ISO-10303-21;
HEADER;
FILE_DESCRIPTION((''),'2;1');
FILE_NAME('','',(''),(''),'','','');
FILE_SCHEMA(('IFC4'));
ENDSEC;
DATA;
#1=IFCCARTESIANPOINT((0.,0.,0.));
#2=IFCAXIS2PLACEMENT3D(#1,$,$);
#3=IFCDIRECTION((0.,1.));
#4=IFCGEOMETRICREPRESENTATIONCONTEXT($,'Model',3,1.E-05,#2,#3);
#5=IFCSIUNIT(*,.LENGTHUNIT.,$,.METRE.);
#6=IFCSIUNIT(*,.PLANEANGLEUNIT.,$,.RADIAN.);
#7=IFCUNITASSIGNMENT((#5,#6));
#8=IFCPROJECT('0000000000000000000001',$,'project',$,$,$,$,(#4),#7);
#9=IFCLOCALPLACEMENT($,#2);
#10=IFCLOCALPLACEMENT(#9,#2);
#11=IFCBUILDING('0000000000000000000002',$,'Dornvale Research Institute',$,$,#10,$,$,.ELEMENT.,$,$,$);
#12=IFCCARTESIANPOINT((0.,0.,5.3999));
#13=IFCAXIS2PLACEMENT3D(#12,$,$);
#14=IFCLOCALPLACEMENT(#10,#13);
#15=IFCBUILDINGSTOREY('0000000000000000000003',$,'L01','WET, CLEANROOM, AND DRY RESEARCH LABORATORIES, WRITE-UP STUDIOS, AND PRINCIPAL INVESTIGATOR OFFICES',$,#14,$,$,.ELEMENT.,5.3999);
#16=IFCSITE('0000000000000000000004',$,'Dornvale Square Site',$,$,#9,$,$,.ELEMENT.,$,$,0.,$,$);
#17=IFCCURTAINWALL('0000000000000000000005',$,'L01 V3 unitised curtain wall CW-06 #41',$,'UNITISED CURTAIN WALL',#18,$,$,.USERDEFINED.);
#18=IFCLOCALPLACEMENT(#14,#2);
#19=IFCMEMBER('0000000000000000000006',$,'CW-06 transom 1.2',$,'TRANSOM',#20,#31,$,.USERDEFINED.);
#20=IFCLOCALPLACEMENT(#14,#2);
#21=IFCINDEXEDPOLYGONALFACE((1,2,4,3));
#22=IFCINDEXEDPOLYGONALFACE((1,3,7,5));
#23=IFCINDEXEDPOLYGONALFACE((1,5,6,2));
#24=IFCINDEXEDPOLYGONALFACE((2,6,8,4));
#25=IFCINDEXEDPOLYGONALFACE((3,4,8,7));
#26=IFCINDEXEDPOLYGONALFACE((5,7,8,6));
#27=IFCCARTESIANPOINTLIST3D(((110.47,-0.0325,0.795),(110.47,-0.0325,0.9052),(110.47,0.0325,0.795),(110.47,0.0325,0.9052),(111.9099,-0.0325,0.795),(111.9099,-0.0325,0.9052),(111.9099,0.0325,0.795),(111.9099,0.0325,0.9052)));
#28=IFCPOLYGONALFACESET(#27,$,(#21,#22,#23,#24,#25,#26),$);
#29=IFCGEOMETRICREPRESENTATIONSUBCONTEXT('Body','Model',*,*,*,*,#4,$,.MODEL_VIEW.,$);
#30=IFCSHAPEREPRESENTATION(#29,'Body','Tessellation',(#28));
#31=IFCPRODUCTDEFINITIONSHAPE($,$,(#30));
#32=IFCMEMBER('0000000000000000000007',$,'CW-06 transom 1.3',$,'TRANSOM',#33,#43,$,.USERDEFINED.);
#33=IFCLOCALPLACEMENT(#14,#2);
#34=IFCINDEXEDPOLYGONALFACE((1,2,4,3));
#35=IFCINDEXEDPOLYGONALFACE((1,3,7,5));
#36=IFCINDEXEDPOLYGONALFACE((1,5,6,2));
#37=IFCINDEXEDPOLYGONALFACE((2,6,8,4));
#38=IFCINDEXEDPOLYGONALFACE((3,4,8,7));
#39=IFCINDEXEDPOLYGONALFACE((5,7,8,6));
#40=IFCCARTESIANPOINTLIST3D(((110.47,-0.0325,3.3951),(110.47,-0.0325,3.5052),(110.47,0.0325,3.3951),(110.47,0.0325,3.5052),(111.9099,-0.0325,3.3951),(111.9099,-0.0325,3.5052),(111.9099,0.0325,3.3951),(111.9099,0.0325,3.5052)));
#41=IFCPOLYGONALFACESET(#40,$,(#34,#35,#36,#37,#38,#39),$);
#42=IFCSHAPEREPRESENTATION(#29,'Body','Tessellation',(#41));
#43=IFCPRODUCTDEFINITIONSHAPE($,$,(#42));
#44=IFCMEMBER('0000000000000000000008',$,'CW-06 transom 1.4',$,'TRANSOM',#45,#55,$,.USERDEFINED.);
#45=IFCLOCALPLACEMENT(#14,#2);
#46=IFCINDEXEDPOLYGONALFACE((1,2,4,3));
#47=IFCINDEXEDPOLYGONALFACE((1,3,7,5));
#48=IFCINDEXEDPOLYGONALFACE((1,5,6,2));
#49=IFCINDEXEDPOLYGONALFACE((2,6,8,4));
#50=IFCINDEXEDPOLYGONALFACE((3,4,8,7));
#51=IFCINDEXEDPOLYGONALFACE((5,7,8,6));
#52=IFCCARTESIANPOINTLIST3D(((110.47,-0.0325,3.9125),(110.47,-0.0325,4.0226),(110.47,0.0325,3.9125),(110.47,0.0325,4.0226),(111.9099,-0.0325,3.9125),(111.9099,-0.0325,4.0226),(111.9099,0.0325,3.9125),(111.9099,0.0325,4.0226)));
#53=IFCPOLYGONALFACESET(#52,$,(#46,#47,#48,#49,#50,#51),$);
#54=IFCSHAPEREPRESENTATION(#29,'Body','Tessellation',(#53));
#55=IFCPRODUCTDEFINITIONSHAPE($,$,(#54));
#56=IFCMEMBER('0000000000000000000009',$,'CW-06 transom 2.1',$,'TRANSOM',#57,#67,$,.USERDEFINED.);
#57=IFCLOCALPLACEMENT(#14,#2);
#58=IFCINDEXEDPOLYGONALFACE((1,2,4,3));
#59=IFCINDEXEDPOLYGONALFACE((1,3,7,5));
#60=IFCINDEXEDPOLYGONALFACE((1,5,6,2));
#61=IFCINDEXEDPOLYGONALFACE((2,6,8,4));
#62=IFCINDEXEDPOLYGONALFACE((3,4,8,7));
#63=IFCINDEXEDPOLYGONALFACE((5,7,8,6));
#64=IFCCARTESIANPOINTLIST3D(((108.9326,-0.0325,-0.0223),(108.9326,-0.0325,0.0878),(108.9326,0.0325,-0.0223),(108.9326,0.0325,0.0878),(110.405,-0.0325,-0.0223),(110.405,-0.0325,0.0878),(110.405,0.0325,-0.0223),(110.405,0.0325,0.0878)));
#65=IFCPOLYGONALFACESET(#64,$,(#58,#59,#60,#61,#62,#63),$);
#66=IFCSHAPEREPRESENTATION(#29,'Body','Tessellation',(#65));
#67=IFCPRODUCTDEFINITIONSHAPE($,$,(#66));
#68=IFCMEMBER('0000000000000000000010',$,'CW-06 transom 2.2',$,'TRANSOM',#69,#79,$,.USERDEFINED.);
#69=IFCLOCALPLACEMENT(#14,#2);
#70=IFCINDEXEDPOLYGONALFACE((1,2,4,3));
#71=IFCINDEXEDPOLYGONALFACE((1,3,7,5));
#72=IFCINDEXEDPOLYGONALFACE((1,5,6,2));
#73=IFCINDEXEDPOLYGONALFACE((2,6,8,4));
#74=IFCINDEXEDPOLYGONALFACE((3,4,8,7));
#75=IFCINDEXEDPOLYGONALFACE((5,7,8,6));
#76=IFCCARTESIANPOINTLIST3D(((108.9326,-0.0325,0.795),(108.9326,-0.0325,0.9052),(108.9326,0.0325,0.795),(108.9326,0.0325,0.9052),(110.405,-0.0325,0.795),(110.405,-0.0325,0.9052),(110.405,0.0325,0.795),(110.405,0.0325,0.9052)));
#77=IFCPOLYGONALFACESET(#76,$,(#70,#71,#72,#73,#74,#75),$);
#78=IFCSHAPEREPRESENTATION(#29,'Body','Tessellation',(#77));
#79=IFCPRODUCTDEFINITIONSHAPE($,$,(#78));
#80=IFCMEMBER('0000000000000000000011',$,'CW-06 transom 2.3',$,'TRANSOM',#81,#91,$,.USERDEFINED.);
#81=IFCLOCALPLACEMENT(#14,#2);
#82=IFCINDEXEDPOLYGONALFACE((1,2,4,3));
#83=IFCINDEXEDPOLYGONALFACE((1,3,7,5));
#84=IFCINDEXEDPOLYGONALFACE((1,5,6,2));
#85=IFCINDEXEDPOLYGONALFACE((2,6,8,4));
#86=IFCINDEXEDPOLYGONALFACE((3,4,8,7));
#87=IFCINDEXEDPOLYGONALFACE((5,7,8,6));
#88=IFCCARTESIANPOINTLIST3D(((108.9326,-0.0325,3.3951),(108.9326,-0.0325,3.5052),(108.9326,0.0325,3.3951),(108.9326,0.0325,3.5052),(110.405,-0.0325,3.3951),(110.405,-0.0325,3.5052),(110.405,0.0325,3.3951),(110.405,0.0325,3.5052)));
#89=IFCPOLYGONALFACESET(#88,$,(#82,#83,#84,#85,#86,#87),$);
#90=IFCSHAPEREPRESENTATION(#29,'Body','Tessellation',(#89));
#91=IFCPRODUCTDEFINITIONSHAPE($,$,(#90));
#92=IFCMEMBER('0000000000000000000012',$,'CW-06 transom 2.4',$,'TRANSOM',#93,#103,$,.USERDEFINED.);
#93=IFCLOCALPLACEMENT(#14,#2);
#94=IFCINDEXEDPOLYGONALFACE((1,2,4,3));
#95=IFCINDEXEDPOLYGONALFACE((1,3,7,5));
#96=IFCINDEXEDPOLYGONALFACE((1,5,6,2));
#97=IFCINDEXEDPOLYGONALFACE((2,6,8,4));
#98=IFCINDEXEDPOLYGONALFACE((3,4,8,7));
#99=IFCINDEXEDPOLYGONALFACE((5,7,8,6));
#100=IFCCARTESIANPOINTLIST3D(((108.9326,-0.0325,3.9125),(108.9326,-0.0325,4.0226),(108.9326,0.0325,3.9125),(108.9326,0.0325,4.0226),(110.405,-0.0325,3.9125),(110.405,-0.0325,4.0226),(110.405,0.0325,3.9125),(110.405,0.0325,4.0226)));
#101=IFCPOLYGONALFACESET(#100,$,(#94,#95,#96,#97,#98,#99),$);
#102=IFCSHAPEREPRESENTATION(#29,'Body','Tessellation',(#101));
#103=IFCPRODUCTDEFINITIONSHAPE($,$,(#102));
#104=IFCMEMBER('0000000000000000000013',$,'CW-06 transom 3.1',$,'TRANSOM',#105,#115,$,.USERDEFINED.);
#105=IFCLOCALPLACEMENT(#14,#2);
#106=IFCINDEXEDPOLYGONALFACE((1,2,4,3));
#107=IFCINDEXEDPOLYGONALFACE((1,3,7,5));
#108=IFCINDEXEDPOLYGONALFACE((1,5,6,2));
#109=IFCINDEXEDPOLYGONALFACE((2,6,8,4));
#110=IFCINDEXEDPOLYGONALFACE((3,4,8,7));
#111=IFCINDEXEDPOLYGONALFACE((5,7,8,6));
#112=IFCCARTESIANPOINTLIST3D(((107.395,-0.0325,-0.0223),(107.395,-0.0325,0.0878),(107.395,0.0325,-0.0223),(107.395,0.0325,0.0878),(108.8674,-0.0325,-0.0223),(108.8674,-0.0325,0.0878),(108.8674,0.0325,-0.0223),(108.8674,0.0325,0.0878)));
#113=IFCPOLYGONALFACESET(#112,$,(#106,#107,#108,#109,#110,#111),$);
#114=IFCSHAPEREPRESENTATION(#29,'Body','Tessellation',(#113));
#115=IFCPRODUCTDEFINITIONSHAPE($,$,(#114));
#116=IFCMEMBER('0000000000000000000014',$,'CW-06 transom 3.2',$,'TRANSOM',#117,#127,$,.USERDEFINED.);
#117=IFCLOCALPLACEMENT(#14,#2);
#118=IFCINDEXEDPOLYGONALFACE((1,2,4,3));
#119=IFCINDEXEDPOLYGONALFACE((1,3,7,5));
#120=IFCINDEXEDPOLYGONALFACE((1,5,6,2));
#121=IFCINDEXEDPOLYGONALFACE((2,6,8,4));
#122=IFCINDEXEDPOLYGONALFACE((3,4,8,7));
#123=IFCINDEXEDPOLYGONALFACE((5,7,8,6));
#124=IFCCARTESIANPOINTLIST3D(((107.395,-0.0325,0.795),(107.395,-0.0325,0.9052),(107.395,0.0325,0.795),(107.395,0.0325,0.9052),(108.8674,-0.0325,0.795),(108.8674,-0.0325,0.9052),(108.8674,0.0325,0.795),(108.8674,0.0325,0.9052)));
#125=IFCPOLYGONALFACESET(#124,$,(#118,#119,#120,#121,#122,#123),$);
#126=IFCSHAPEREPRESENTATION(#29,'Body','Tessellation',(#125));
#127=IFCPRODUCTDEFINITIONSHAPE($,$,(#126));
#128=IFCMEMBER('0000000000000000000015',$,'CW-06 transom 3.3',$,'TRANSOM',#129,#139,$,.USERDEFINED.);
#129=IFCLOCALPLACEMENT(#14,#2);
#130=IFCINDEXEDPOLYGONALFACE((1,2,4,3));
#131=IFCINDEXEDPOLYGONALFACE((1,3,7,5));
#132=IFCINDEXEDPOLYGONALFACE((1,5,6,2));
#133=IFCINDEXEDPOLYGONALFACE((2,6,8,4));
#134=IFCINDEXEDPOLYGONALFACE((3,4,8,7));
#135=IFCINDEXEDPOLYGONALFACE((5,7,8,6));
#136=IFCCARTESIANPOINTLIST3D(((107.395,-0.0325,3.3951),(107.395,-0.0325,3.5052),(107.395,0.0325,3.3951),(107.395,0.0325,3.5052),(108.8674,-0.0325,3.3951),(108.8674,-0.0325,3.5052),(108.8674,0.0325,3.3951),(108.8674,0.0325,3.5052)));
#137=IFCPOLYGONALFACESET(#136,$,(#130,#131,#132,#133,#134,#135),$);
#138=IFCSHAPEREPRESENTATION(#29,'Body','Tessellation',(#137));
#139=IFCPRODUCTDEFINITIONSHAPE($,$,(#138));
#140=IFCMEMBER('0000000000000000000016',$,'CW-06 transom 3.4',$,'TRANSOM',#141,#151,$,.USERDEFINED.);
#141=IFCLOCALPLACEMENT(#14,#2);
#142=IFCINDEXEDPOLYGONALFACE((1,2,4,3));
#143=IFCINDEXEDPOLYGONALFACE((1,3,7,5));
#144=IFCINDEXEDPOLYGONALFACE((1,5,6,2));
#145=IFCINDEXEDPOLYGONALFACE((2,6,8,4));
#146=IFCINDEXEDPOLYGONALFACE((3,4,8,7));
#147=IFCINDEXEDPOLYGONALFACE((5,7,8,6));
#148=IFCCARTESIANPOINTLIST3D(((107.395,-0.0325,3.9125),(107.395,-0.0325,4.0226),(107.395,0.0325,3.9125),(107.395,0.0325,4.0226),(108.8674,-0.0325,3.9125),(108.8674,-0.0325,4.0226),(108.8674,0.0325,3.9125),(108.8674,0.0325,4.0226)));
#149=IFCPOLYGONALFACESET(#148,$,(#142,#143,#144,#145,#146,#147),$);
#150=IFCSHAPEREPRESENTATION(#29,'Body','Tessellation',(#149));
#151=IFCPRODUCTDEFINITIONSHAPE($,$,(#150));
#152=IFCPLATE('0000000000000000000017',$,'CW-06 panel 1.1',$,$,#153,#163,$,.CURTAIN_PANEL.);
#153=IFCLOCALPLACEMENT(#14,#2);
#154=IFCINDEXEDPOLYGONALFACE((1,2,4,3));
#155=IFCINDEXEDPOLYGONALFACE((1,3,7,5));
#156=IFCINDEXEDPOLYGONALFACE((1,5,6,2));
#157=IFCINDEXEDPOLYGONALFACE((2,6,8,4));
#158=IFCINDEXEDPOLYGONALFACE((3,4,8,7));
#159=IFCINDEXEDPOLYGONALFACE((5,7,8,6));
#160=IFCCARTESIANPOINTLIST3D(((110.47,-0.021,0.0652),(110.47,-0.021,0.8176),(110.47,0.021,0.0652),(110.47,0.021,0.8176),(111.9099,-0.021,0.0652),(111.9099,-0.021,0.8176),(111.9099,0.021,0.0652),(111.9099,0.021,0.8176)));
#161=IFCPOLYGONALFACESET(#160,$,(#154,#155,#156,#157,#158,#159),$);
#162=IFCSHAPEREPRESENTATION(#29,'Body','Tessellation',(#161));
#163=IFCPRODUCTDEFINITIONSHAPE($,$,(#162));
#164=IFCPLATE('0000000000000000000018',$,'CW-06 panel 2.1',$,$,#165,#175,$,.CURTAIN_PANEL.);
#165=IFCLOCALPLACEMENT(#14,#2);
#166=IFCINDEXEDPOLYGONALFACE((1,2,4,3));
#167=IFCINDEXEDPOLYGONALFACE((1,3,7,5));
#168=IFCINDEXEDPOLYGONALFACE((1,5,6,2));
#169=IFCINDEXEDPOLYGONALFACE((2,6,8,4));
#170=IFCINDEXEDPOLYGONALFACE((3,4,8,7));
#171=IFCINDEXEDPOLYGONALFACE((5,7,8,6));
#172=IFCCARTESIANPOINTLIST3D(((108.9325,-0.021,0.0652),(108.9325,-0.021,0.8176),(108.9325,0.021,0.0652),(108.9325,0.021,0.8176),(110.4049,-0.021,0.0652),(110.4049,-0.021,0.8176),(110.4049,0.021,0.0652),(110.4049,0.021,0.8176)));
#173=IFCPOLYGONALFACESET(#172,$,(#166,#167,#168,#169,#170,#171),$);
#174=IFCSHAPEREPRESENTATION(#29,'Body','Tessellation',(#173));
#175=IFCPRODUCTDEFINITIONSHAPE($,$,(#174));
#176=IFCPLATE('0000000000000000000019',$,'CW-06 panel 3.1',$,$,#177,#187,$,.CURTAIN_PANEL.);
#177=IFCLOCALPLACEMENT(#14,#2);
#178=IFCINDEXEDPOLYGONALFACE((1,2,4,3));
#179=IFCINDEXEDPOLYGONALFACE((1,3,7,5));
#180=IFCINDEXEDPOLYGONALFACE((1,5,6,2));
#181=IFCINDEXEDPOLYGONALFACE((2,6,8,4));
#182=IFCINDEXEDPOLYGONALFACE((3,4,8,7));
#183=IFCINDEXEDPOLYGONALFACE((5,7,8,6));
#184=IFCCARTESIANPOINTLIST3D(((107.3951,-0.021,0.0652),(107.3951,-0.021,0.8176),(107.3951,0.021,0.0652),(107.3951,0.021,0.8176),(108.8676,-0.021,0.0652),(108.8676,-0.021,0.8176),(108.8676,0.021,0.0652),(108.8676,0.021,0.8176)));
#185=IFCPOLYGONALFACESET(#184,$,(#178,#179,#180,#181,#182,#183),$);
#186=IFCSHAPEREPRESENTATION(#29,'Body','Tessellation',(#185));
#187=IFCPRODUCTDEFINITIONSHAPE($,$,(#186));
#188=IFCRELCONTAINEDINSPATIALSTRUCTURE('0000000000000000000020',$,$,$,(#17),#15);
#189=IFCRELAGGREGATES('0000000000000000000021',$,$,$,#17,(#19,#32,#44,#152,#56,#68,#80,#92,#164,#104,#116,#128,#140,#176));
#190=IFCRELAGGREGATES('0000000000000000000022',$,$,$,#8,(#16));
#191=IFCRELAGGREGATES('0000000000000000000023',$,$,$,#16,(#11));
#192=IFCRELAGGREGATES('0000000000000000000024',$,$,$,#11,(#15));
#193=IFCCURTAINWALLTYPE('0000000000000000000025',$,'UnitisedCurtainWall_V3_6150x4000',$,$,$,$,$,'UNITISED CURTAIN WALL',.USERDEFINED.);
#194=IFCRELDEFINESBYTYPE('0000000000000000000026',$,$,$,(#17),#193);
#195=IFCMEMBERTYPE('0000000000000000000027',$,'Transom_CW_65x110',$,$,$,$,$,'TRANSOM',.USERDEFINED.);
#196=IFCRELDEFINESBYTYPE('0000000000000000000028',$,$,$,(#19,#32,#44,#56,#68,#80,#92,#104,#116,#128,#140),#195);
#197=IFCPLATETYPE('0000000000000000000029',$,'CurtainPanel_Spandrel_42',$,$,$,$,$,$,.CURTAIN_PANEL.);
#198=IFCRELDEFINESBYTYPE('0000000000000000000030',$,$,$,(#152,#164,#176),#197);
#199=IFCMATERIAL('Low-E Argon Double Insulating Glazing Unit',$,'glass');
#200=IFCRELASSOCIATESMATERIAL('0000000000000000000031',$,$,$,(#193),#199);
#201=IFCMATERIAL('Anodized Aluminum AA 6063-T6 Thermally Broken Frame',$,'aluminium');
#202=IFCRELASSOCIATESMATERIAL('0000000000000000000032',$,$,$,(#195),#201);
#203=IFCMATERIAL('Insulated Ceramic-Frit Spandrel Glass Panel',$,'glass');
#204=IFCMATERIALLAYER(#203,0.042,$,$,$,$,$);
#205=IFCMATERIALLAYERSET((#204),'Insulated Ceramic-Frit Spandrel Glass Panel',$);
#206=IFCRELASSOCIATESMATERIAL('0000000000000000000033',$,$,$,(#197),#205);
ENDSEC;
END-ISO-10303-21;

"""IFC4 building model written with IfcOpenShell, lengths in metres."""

from ifc_helpers import new_model, si_unit, direction, frame, origin, origin_2d, place, context, subcontext, project, spatial, rectangle, extrude, material, layer, layer_set, material_profile, profile_set, type_object, element, aggregate, save


model = new_model("IFC4")

# Units and contexts
model_context = context("Model", 3, precision=1e-05, world=origin(), true_north=direction((0.0, 1.0)))
body_context = subcontext(model_context, "Body", "Model", "MODEL_VIEW")
ifc_project = project(units=[si_unit("LENGTHUNIT", "METRE"), si_unit("PLANEANGLEUNIT", "RADIAN")], contexts=[model_context])

# Site, building, storey
site_placement = place(None, origin())
site = spatial("IfcSite", under=ifc_project, at=site_placement, Name="Dornvale Square Site", CompositionType="ELEMENT", RefElevation=0.0)
building_placement = place(site_placement, origin())
building = spatial("IfcBuilding", under=site, at=building_placement, Name="Dornvale Research Institute", CompositionType="ELEMENT")
storey_placement = place(building_placement, frame((0.0, 0.0, 5.3999)))
storey = spatial("IfcBuildingStorey", under=building, at=storey_placement, Name="L01", Description="WET, CLEANROOM, AND DRY RESEARCH LABORATORIES, WRITE-UP STUDIOS, AND PRINCIPAL INVESTIGATOR OFFICES", CompositionType="ELEMENT", Elevation=5.3999)

# Curtain wall
ifc_material_1 = material(Name="Low-E Argon Double Insulating Glazing Unit", Category="glass")
curtain_wall_type = type_object("IfcCurtainWallType", Name="UnitisedCurtainWall_V3_6150x4000", ElementType="UNITISED CURTAIN WALL", PredefinedType="USERDEFINED", material=ifc_material_1)
curtain_wall_placement = place(storey_placement, origin())
curtain_wall = element("IfcCurtainWall", 1, at=curtain_wall_placement, inside=storey, type_object=curtain_wall_type, Name="L01 V3 unitised curtain wall CW-06 #41", ObjectType="UNITISED CURTAIN WALL", PredefinedType="USERDEFINED")

# Members
ifc_material_2 = material(Name="Anodized Aluminum AA 6063-T6 Thermally Broken Frame", Category="aluminium")
ifc_material_profile_1 = material_profile(ifc_material_2, rectangle(XDim=0.0649, YDim=0.1101, at=origin_2d()), Name="ALU TRANSOM 65x110")
ifc_profile_set_1 = profile_set([ifc_material_profile_1], Name="Anodized Aluminum AA 6063-T6 Thermally Broken Frame")
member_type_1 = type_object("IfcMemberType", Name="Transom_CW_65x110", ElementType="TRANSOM", PredefinedType="USERDEFINED", material=ifc_profile_set_1)
member_1_placement = place(storey_placement, frame((111.9099, 0.0, 0.8501), z_axis=(-1.0, 0.0, 0.0), x_axis=(0.0, -1.0, 0.0)))
member_1 = element("IfcMember", 2, at=member_1_placement, type_object=member_type_1, Name="CW-06 transom 1.2", ObjectType="TRANSOM", PredefinedType="USERDEFINED", context=body_context, shape_type="SweptSolid", body=[
    extrude(rectangle(XDim=0.0649, YDim=0.1101, at=origin_2d()), origin(), (0.0, 0.0, 1.0), 1.4399),
])
member_2_placement = place(storey_placement, frame((111.9099, 0.0, 3.4502), z_axis=(-1.0, 0.0, 0.0), x_axis=(0.0, -1.0, 0.0)))
member_2 = element("IfcMember", 3, at=member_2_placement, type_object=member_type_1, Name="CW-06 transom 1.3", ObjectType="TRANSOM", PredefinedType="USERDEFINED", context=body_context, shape_type="SweptSolid", body=[
    extrude(rectangle(XDim=0.0649, YDim=0.1101, at=origin_2d()), origin(), (0.0, 0.0, 1.0), 1.4399),
])
member_3_placement = place(storey_placement, frame((111.9099, 0.0, 3.9675), z_axis=(-1.0, 0.0, 0.0), x_axis=(0.0, -1.0, 0.0)))
member_3 = element("IfcMember", 4, at=member_3_placement, type_object=member_type_1, Name="CW-06 transom 1.4", ObjectType="TRANSOM", PredefinedType="USERDEFINED", context=body_context, shape_type="SweptSolid", body=[
    extrude(rectangle(XDim=0.0649, YDim=0.1101, at=origin_2d()), origin(), (0.0, 0.0, 1.0), 1.4399),
])
member_4_placement = place(storey_placement, frame((110.405, 0.0, 0.0327), z_axis=(-1.0, 0.0, 0.0), x_axis=(0.0, -1.0, 0.0)))
member_4 = element("IfcMember", 5, at=member_4_placement, type_object=member_type_1, Name="CW-06 transom 2.1", ObjectType="TRANSOM", PredefinedType="USERDEFINED", context=body_context, shape_type="SweptSolid", body=[
    extrude(rectangle(XDim=0.0649, YDim=0.1101, at=origin_2d()), origin(), (0.0, 0.0, 1.0), 1.4724),
])
member_5_placement = place(storey_placement, frame((110.405, 0.0, 0.8501), z_axis=(-1.0, 0.0, 0.0), x_axis=(0.0, -1.0, 0.0)))
member_5 = element("IfcMember", 6, at=member_5_placement, type_object=member_type_1, Name="CW-06 transom 2.2", ObjectType="TRANSOM", PredefinedType="USERDEFINED", context=body_context, shape_type="SweptSolid", body=[
    extrude(rectangle(XDim=0.0649, YDim=0.1101, at=origin_2d()), origin(), (0.0, 0.0, 1.0), 1.4724),
])
member_6_placement = place(storey_placement, frame((110.405, 0.0, 3.4502), z_axis=(-1.0, 0.0, 0.0), x_axis=(0.0, -1.0, 0.0)))
member_6 = element("IfcMember", 7, at=member_6_placement, type_object=member_type_1, Name="CW-06 transom 2.3", ObjectType="TRANSOM", PredefinedType="USERDEFINED", context=body_context, shape_type="SweptSolid", body=[
    extrude(rectangle(XDim=0.0649, YDim=0.1101, at=origin_2d()), origin(), (0.0, 0.0, 1.0), 1.4724),
])
member_7_placement = place(storey_placement, frame((110.405, 0.0, 3.9675), z_axis=(-1.0, 0.0, 0.0), x_axis=(0.0, -1.0, 0.0)))
member_7 = element("IfcMember", 8, at=member_7_placement, type_object=member_type_1, Name="CW-06 transom 2.4", ObjectType="TRANSOM", PredefinedType="USERDEFINED", context=body_context, shape_type="SweptSolid", body=[
    extrude(rectangle(XDim=0.0649, YDim=0.1101, at=origin_2d()), origin(), (0.0, 0.0, 1.0), 1.4724),
])
member_8_placement = place(storey_placement, frame((108.8674, 0.0, 0.0327), z_axis=(-1.0, 0.0, 0.0), x_axis=(0.0, -1.0, 0.0)))
member_8 = element("IfcMember", 9, at=member_8_placement, type_object=member_type_1, Name="CW-06 transom 3.1", ObjectType="TRANSOM", PredefinedType="USERDEFINED", context=body_context, shape_type="SweptSolid", body=[
    extrude(rectangle(XDim=0.0649, YDim=0.1101, at=origin_2d()), origin(), (0.0, 0.0, 1.0), 1.4724),
])
member_9_placement = place(storey_placement, frame((108.8674, 0.0, 0.8501), z_axis=(-1.0, 0.0, 0.0), x_axis=(0.0, -1.0, 0.0)))
member_9 = element("IfcMember", 10, at=member_9_placement, type_object=member_type_1, Name="CW-06 transom 3.2", ObjectType="TRANSOM", PredefinedType="USERDEFINED", context=body_context, shape_type="SweptSolid", body=[
    extrude(rectangle(XDim=0.0649, YDim=0.1101, at=origin_2d()), origin(), (0.0, 0.0, 1.0), 1.4724),
])
member_10_placement = place(storey_placement, frame((108.8674, 0.0, 3.4502), z_axis=(-1.0, 0.0, 0.0), x_axis=(0.0, -1.0, 0.0)))
member_10 = element("IfcMember", 11, at=member_10_placement, type_object=member_type_1, Name="CW-06 transom 3.3", ObjectType="TRANSOM", PredefinedType="USERDEFINED", context=body_context, shape_type="SweptSolid", body=[
    extrude(rectangle(XDim=0.0649, YDim=0.1101, at=origin_2d()), origin(), (0.0, 0.0, 1.0), 1.4724),
])
member_11_placement = place(storey_placement, frame((108.8674, 0.0, 3.9675), z_axis=(-1.0, 0.0, 0.0), x_axis=(0.0, -1.0, 0.0)))
member_11 = element("IfcMember", 12, at=member_11_placement, type_object=member_type_1, Name="CW-06 transom 3.4", ObjectType="TRANSOM", PredefinedType="USERDEFINED", context=body_context, shape_type="SweptSolid", body=[
    extrude(rectangle(XDim=0.0649, YDim=0.1101, at=origin_2d()), origin(), (0.0, 0.0, 1.0), 1.4724),
])

# Plates
ifc_material_3 = material(Name="Insulated Ceramic-Frit Spandrel Glass Panel", Category="glass")
ifc_layer_1 = layer(ifc_material_3, 0.042)
ifc_layer_set_1 = layer_set([ifc_layer_1], Name="Insulated Ceramic-Frit Spandrel Glass Panel")
plate_type_1 = type_object("IfcPlateType", Name="CurtainPanel_Spandrel_42", PredefinedType="CURTAIN_PANEL", material=ifc_layer_set_1)
plate_1_placement = place(storey_placement, frame((111.1899, 0.0, 0.0652), z_axis=(0.0, 0.0, 1.0), x_axis=(-1.0, 0.0, 0.0)))
plate_1 = element("IfcPlate", 13, at=plate_1_placement, type_object=plate_type_1, Name="CW-06 panel 1.1", PredefinedType="CURTAIN_PANEL", context=body_context, shape_type="SweptSolid", body=[
    extrude(rectangle(XDim=1.4399, YDim=0.042, at=origin_2d()), origin(), (0.0, 0.0, 1.0), 0.7524),
])
plate_2_placement = place(storey_placement, frame((109.6687, 0.0, 0.0652), z_axis=(0.0, 0.0, 1.0), x_axis=(-1.0, 0.0, 0.0)))
plate_2 = element("IfcPlate", 14, at=plate_2_placement, type_object=plate_type_1, Name="CW-06 panel 2.1", PredefinedType="CURTAIN_PANEL", context=body_context, shape_type="SweptSolid", body=[
    extrude(rectangle(XDim=1.4724, YDim=0.042, at=origin_2d()), origin(), (0.0, 0.0, 1.0), 0.7524),
])
plate_3_placement = place(storey_placement, frame((108.1313, 0.0, 0.0652), z_axis=(0.0, 0.0, 1.0), x_axis=(-1.0, 0.0, 0.0)))
plate_3 = element("IfcPlate", 15, at=plate_3_placement, type_object=plate_type_1, Name="CW-06 panel 3.1", PredefinedType="CURTAIN_PANEL", context=body_context, shape_type="SweptSolid", body=[
    extrude(rectangle(XDim=1.4724, YDim=0.042, at=origin_2d()), origin(), (0.0, 0.0, 1.0), 0.7524),
])
aggregate(curtain_wall, [member_1, member_2, member_3, plate_1, member_4, member_5, member_6, member_7, plate_2, member_8, member_9, member_10, member_11, plate_3])

save(model, "model.ifc")
